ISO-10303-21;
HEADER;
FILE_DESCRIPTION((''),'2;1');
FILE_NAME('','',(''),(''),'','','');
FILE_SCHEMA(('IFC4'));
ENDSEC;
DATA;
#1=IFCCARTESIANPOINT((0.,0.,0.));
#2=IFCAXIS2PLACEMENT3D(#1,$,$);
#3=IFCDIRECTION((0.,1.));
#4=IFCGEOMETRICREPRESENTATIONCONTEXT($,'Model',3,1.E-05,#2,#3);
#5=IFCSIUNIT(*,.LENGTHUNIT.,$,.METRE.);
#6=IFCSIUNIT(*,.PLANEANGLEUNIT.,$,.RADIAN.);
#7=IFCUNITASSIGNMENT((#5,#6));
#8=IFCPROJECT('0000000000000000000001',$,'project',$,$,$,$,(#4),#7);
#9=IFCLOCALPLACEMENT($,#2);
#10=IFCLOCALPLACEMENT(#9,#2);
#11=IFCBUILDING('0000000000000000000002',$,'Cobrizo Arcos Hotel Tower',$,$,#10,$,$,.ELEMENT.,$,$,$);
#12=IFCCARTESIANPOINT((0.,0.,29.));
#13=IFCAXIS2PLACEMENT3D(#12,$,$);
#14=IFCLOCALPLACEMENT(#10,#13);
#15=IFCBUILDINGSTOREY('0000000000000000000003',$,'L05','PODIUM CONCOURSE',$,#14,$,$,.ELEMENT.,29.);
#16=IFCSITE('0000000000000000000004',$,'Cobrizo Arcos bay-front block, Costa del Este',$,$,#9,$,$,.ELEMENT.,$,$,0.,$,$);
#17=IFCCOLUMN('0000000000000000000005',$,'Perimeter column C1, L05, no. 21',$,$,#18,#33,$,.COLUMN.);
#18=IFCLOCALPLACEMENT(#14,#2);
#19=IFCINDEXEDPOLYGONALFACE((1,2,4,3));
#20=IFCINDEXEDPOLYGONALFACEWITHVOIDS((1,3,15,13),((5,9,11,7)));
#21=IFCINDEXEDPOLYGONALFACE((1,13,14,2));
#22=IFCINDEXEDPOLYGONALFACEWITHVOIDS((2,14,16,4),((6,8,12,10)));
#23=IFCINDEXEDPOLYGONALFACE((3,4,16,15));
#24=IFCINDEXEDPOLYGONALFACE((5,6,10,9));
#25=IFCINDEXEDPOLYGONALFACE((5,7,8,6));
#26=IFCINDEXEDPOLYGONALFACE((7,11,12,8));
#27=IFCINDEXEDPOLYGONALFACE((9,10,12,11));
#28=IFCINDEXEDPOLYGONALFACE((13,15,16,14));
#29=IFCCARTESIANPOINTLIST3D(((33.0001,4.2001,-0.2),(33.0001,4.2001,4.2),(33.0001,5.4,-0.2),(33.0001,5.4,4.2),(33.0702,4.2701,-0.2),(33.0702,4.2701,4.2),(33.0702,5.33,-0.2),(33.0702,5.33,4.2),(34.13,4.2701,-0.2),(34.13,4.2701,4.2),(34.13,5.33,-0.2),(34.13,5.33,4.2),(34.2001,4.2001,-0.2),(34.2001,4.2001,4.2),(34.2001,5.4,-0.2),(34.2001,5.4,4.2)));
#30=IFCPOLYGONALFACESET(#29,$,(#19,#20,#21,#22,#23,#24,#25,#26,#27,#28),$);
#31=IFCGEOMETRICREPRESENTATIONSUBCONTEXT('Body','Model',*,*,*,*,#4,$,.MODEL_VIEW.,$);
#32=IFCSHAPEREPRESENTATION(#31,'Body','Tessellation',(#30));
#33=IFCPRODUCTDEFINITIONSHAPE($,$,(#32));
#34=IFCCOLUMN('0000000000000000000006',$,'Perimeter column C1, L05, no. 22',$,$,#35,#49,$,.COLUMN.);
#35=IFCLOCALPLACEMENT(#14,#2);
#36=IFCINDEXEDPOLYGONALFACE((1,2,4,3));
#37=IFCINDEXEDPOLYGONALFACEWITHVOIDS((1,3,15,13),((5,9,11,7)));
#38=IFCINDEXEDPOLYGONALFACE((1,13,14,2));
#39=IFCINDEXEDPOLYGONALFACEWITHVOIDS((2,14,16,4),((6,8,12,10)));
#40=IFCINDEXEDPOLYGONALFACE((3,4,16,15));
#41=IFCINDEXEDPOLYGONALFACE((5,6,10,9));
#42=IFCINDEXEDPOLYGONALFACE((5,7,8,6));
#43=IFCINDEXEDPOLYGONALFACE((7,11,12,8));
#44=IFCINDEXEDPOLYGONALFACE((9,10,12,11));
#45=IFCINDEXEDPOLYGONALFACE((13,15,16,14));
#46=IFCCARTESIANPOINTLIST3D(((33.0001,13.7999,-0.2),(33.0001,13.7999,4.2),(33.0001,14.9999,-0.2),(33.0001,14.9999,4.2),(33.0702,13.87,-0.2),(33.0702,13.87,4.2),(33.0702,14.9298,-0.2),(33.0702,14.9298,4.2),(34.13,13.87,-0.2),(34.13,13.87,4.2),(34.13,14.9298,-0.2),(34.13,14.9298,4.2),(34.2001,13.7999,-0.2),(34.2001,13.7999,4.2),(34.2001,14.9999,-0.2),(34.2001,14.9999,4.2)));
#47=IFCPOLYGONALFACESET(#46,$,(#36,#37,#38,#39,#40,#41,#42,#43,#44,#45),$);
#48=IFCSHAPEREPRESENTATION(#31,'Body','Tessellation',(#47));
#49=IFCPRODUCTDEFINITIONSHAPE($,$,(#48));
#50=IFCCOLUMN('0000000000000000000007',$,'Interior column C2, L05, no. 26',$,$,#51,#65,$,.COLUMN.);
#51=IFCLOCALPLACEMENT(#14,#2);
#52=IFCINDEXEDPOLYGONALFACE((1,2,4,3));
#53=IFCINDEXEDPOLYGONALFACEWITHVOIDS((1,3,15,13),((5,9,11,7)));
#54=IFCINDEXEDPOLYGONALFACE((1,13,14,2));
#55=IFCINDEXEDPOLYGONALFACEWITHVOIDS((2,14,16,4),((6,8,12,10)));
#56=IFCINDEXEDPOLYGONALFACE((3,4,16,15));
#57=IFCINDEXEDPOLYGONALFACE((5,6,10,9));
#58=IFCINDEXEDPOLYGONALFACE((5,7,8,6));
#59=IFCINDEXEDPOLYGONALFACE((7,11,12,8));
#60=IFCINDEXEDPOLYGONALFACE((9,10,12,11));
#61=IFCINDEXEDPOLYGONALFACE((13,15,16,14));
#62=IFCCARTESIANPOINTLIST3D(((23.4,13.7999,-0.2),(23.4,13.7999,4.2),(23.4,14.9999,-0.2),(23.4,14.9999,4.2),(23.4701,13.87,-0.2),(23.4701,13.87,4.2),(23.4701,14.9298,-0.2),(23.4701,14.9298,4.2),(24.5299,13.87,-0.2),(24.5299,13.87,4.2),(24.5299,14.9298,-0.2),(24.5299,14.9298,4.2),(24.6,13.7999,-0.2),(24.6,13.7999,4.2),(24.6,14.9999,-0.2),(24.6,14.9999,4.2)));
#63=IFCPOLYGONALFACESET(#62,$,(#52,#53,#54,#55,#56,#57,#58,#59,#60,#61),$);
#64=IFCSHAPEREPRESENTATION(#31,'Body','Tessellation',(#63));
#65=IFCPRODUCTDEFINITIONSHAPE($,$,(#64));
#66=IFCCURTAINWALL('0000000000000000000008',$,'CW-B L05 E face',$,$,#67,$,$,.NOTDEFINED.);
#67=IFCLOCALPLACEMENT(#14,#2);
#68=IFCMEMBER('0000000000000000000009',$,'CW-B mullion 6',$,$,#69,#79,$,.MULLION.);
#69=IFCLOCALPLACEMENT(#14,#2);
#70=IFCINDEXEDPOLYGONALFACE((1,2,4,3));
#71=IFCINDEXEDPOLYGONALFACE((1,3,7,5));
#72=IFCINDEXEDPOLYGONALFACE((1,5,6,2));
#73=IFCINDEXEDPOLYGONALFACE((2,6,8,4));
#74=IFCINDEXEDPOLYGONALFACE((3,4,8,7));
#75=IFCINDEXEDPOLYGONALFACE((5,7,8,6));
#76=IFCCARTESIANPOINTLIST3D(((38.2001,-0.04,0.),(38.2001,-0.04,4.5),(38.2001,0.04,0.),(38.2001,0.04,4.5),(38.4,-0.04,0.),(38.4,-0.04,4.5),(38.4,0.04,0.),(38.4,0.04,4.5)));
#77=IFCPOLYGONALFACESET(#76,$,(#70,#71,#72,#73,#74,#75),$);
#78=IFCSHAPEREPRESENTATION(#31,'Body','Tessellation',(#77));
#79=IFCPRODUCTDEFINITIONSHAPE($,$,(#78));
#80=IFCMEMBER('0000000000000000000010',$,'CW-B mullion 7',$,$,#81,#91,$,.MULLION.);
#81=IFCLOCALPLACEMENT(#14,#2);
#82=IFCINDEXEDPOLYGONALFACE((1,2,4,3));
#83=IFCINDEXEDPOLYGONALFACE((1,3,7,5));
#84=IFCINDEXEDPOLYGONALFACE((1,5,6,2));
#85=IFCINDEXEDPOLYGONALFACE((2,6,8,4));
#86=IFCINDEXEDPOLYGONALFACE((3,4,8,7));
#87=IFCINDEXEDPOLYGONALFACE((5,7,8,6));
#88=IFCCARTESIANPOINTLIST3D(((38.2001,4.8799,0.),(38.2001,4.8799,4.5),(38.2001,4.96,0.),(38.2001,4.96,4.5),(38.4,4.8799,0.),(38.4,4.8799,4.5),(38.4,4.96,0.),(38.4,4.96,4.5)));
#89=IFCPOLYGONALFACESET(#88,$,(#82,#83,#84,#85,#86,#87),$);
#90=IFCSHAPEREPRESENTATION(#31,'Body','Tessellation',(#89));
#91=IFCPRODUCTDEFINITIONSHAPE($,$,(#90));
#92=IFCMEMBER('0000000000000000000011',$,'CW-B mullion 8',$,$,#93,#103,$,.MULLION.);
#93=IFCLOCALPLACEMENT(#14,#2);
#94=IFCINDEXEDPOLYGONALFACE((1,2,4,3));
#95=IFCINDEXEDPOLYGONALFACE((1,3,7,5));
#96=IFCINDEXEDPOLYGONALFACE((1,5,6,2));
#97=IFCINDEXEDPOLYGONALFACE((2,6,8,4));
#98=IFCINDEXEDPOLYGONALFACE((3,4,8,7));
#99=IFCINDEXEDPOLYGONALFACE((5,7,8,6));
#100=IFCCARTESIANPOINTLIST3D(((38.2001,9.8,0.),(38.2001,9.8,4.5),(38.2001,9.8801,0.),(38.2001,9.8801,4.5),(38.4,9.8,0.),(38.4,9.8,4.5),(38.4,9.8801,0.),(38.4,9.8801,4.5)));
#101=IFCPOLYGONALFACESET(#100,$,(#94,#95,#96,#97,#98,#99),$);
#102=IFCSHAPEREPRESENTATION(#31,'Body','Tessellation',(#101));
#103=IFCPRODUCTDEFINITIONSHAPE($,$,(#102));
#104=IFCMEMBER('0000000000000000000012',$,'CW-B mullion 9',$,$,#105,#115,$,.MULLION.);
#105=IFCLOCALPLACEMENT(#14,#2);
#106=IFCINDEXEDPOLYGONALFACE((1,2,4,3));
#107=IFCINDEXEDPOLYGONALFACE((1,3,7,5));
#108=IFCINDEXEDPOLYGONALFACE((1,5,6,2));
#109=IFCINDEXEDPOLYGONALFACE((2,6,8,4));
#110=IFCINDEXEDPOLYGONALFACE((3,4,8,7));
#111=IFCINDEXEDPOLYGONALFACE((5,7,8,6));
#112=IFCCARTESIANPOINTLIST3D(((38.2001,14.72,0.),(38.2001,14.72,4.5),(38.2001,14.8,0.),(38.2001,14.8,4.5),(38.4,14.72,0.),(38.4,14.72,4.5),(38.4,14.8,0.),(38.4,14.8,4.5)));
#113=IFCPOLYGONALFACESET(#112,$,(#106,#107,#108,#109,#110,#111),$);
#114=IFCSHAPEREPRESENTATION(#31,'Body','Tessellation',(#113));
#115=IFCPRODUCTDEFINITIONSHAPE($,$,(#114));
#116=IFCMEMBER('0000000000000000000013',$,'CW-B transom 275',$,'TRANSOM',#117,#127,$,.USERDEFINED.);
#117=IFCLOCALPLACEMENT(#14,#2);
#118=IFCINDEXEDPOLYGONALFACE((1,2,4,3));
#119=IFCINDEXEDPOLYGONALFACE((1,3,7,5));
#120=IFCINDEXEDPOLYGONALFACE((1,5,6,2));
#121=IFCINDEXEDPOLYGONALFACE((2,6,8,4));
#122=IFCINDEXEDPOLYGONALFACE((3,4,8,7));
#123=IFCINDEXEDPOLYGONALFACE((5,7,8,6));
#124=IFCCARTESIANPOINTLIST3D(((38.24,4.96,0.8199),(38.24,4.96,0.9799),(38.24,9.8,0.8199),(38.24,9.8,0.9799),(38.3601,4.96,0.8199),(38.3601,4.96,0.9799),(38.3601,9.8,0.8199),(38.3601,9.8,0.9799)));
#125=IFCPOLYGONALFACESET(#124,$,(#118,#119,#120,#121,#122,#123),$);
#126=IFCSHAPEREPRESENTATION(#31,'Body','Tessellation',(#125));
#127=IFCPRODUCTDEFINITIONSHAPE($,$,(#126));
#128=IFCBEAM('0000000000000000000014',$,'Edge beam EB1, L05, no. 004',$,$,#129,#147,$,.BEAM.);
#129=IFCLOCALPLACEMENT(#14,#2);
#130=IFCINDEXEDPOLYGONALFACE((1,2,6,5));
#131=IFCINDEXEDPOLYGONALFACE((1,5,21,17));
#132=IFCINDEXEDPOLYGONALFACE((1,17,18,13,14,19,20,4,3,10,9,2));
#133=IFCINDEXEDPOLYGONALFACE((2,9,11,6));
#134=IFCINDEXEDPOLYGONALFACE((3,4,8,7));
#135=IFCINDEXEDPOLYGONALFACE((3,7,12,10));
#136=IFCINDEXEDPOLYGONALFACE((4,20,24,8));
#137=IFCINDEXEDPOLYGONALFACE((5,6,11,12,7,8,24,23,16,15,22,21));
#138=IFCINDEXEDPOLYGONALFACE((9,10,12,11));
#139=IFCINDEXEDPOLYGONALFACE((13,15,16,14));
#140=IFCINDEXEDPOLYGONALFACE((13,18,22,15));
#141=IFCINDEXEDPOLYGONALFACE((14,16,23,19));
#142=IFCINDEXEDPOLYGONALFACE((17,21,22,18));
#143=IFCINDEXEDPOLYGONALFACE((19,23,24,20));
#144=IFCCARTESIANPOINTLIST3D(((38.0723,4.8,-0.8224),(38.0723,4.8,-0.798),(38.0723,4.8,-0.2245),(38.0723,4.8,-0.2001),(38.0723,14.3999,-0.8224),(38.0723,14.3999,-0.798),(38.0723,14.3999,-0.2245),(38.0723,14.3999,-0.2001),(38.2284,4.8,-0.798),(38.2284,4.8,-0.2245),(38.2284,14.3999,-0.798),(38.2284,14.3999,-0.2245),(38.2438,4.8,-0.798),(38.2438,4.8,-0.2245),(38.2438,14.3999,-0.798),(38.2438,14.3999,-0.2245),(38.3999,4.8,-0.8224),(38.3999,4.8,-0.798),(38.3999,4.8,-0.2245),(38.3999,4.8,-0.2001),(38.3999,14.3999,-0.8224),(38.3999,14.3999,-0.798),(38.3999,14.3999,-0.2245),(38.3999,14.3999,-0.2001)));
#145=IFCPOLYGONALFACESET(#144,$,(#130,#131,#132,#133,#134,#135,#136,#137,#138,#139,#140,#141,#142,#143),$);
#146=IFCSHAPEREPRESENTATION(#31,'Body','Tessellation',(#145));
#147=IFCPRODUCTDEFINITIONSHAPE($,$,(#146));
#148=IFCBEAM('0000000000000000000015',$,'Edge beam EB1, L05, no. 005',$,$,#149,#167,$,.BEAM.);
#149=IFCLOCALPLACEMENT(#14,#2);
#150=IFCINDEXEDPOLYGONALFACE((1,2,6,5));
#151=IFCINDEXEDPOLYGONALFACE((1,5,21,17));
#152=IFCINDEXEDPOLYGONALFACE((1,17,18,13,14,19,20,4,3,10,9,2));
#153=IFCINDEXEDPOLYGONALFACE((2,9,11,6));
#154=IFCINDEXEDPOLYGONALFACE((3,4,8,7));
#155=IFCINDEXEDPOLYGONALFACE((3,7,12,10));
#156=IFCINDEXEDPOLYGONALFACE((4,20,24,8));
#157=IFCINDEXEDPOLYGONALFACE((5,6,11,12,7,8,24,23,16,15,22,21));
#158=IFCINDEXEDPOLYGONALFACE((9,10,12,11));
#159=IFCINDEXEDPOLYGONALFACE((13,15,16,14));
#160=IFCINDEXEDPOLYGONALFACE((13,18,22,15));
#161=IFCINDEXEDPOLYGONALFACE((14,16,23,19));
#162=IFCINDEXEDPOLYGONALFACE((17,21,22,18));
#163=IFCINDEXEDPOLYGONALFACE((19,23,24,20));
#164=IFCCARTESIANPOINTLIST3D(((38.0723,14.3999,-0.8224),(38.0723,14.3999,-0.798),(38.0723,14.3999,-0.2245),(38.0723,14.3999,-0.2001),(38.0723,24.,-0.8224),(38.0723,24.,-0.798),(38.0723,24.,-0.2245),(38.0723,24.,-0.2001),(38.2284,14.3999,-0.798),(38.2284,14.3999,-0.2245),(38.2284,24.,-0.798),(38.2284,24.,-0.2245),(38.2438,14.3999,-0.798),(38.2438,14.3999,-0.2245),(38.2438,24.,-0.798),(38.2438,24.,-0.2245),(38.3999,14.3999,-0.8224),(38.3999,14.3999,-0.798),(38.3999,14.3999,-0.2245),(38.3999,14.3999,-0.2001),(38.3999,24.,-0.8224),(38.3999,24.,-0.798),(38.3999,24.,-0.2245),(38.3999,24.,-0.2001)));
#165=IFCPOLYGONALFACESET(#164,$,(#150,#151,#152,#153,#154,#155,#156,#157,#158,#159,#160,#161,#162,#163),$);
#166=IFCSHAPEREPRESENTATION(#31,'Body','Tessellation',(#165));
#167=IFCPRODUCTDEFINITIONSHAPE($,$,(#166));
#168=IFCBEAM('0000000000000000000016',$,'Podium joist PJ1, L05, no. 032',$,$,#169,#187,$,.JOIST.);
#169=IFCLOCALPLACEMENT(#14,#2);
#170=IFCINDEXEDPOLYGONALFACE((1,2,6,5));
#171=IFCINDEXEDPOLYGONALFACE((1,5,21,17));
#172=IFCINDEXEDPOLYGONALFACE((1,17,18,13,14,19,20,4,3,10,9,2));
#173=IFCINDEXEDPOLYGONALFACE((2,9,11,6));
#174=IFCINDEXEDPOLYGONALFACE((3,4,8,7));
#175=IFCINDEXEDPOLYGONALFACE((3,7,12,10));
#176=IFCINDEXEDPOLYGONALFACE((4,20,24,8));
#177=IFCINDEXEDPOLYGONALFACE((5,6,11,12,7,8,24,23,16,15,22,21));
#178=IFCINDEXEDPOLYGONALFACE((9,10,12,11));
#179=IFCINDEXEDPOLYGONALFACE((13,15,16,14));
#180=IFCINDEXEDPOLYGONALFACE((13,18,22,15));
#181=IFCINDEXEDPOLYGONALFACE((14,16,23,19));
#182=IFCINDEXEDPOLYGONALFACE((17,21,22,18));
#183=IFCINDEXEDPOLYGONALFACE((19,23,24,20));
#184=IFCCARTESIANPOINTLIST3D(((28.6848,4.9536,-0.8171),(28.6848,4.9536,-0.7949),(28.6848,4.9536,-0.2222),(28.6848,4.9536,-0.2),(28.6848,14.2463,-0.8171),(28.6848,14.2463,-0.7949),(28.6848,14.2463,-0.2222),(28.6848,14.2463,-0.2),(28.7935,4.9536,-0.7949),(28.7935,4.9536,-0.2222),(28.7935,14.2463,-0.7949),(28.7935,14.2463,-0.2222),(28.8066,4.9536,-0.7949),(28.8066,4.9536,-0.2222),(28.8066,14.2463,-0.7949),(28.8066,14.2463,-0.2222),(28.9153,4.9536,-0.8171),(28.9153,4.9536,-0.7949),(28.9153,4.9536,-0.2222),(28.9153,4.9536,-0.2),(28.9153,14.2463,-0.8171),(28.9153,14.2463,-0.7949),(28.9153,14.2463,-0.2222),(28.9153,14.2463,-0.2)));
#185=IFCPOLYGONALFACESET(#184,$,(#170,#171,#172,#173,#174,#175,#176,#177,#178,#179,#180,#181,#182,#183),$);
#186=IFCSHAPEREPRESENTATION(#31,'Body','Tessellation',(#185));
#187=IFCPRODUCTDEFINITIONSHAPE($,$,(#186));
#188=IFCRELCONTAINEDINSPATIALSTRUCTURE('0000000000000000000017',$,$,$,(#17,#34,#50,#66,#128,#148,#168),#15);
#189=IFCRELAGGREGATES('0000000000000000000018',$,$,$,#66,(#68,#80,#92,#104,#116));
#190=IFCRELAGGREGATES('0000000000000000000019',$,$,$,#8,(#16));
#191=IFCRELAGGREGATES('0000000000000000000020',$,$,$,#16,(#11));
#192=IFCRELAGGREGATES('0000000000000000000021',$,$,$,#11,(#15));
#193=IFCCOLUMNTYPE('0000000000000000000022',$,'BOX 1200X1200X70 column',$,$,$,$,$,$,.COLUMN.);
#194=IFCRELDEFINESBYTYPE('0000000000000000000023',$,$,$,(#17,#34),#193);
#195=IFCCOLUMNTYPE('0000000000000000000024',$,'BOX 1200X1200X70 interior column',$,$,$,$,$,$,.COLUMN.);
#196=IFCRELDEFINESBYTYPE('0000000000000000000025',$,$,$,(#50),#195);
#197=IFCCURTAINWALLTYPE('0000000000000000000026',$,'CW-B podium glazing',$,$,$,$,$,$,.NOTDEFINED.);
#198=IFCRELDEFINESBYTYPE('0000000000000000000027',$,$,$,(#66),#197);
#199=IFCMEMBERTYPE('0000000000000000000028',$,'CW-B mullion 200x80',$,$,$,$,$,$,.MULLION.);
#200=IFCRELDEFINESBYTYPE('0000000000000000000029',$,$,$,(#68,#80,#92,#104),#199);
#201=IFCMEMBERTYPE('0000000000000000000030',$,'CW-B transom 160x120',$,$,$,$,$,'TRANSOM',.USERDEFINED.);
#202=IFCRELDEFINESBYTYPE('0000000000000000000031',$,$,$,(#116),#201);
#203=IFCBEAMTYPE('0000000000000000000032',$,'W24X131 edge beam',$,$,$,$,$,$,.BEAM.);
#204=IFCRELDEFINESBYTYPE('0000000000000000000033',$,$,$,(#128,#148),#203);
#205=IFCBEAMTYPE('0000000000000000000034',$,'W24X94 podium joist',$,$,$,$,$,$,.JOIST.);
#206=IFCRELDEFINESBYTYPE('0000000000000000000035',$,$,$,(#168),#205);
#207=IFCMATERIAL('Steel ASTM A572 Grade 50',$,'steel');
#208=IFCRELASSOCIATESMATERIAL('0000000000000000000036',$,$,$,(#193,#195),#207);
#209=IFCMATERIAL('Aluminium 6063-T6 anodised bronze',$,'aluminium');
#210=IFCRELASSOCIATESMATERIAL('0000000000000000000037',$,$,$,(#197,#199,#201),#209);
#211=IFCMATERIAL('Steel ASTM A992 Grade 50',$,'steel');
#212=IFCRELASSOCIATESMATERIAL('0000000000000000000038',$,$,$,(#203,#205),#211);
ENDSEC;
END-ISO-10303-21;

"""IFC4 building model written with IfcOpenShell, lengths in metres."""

from ifc_helpers import new_model, si_unit, direction, frame, origin, origin_2d, place, context, subcontext, project, spatial, rectangle, hollow_rectangle, i_section, extrude, material, material_profile, profile_set, type_object, element, aggregate, save


model = new_model("IFC4")

# Units and contexts
model_context = context("Model", 3, precision=1e-05, world=origin(), true_north=direction((0.0, 1.0)))
body_context = subcontext(model_context, "Body", "Model", "MODEL_VIEW")
ifc_project = project(units=[si_unit("LENGTHUNIT", "METRE"), si_unit("PLANEANGLEUNIT", "RADIAN")], contexts=[model_context])

# Site, building, storey
site_placement = place(None, origin())
site = spatial("IfcSite", under=ifc_project, at=site_placement, Name="Cobrizo Arcos bay-front block, Costa del Este", CompositionType="ELEMENT", RefElevation=0.0)
building_placement = place(site_placement, origin())
building = spatial("IfcBuilding", under=site, at=building_placement, Name="Cobrizo Arcos Hotel Tower", CompositionType="ELEMENT")
storey_placement = place(building_placement, frame((0.0, 0.0, 29.0)))
storey = spatial("IfcBuildingStorey", under=building, at=storey_placement, Name="L05", Description="PODIUM CONCOURSE", CompositionType="ELEMENT", Elevation=29.0)

# Columns
ifc_material_1 = material(Name="Steel ASTM A572 Grade 50", Category="steel")
ifc_material_profile_1 = material_profile(ifc_material_1, hollow_rectangle(XDim=1.2, YDim=1.2, WallThickness=0.0701, at=origin_2d()), Name="BOX 1200X1200X70")
ifc_profile_set_1 = profile_set([ifc_material_profile_1], Name="Steel ASTM A572 Grade 50")
column_type_1 = type_object("IfcColumnType", Name="BOX 1200X1200X70 column", PredefinedType="COLUMN", material=ifc_profile_set_1)
for number, where, z_axis, x_axis, name in (
    (1, (33.6001, 4.8, -0.2), (0.0, 0.0, 1.0), (1.0, 0.0, 0.0), "Perimeter column C1, L05, no. 21"),
    (2, (33.6001, 14.3999, -0.2), (0.0, 0.0, 1.0), (1.0, 0.0, 0.0), "Perimeter column C1, L05, no. 22"),
):
    element("IfcColumn", number, at=place(storey_placement, frame(where, z_axis=z_axis, x_axis=x_axis)), inside=storey, type_object=column_type_1, Name=name, PredefinedType="COLUMN", context=body_context, shape_type="SweptSolid", body=[
        extrude(hollow_rectangle(XDim=1.2, YDim=1.2, WallThickness=0.0701, at=origin_2d()), origin(), (0.0, 0.0, 1.0), 4.3999),
    ])
ifc_material_profile_2 = material_profile(ifc_material_1, hollow_rectangle(XDim=1.2, YDim=1.2, WallThickness=0.0701, at=origin_2d()), Name="BOX 1200X1200X70")
ifc_profile_set_2 = profile_set([ifc_material_profile_2], Name="Steel ASTM A572 Grade 50")
column_type_2 = type_object("IfcColumnType", Name="BOX 1200X1200X70 interior column", PredefinedType="COLUMN", material=ifc_profile_set_2)
column_placement = place(storey_placement, frame((24.0, 14.3999, -0.2), z_axis=(0.0, 0.0, 1.0), x_axis=(1.0, 0.0, 0.0)))
element("IfcColumn", 3, at=column_placement, inside=storey, type_object=column_type_2, Name="Interior column C2, L05, no. 26", PredefinedType="COLUMN", context=body_context, shape_type="SweptSolid", body=[
    extrude(hollow_rectangle(XDim=1.2, YDim=1.2, WallThickness=0.0701, at=origin_2d()), origin(), (0.0, 0.0, 1.0), 4.3999),
])

# Curtain wall, members
ifc_material_2 = material(Name="Aluminium 6063-T6 anodised bronze", Category="aluminium")
curtain_wall_type = type_object("IfcCurtainWallType", Name="CW-B podium glazing", PredefinedType="NOTDEFINED", material=ifc_material_2)
curtain_wall_placement = place(storey_placement, origin())
curtain_wall = element("IfcCurtainWall", 4, at=curtain_wall_placement, inside=storey, type_object=curtain_wall_type, Name="CW-B L05 E face", PredefinedType="NOTDEFINED")
ifc_material_profile_3 = material_profile(ifc_material_2, rectangle(XDim=0.2, YDim=0.0801, at=origin_2d()), Name="CW-B mullion 200x80")
ifc_profile_set_3 = profile_set([ifc_material_profile_3], Name="Aluminium 6063-T6 anodised bronze")
member_type_1 = type_object("IfcMemberType", Name="CW-B mullion 200x80", PredefinedType="MULLION", material=ifc_profile_set_3)
member_1_placement = place(storey_placement, frame((38.3, 0.0, 0.0), z_axis=(0.0, 0.0, 1.0), x_axis=(1.0, 0.0, 0.0)))
member_1 = element("IfcMember", 5, at=member_1_placement, type_object=member_type_1, Name="CW-B mullion 6", PredefinedType="MULLION", context=body_context, shape_type="SweptSolid", body=[
    extrude(rectangle(XDim=0.2, YDim=0.0801, at=origin_2d()), origin(), (0.0, 0.0, 1.0), 4.5),
])
member_2_placement = place(storey_placement, frame((38.3, 4.9199, 0.0), z_axis=(0.0, 0.0, 1.0), x_axis=(1.0, 0.0, 0.0)))
member_2 = element("IfcMember", 6, at=member_2_placement, type_object=member_type_1, Name="CW-B mullion 7", PredefinedType="MULLION", context=body_context, shape_type="SweptSolid", body=[
    extrude(rectangle(XDim=0.2, YDim=0.0801, at=origin_2d()), origin(), (0.0, 0.0, 1.0), 4.5),
])
member_3_placement = place(storey_placement, frame((38.3, 9.8401, 0.0), z_axis=(0.0, 0.0, 1.0), x_axis=(1.0, 0.0, 0.0)))
member_3 = element("IfcMember", 7, at=member_3_placement, type_object=member_type_1, Name="CW-B mullion 8", PredefinedType="MULLION", context=body_context, shape_type="SweptSolid", body=[
    extrude(rectangle(XDim=0.2, YDim=0.0801, at=origin_2d()), origin(), (0.0, 0.0, 1.0), 4.5),
])
member_4_placement = place(storey_placement, frame((38.3, 14.76, 0.0), z_axis=(0.0, 0.0, 1.0), x_axis=(1.0, 0.0, 0.0)))
member_4 = element("IfcMember", 8, at=member_4_placement, type_object=member_type_1, Name="CW-B mullion 9", PredefinedType="MULLION", context=body_context, shape_type="SweptSolid", body=[
    extrude(rectangle(XDim=0.2, YDim=0.0801, at=origin_2d()), origin(), (0.0, 0.0, 1.0), 4.5),
])
ifc_material_profile_4 = material_profile(ifc_material_2, rectangle(XDim=0.1201, YDim=0.1599, at=origin_2d()), Name="CW-B transom 160x120")
ifc_profile_set_4 = profile_set([ifc_material_profile_4], Name="Aluminium 6063-T6 anodised bronze")
member_type_2 = type_object("IfcMemberType", Name="CW-B transom 160x120", ElementType="TRANSOM", PredefinedType="USERDEFINED", material=ifc_profile_set_4)
member_5_placement = place(storey_placement, frame((38.3, 4.96, 0.8999), z_axis=(0.0, 1.0, 0.0), x_axis=(-1.0, 0.0, 0.0)))
member_5 = element("IfcMember", 9, at=member_5_placement, type_object=member_type_2, Name="CW-B transom 275", ObjectType="TRANSOM", PredefinedType="USERDEFINED", context=body_context, shape_type="SweptSolid", body=[
    extrude(rectangle(XDim=0.1201, YDim=0.1599, at=origin_2d()), origin(), (0.0, 0.0, 1.0), 4.8401),
])

# Beams
ifc_material_3 = material(Name="Steel ASTM A992 Grade 50", Category="steel")
ifc_material_profile_5 = material_profile(ifc_material_3, i_section(OverallWidth=0.3276, OverallDepth=0.6223, WebThickness=0.0154, FlangeThickness=0.0244, at=origin_2d()), Name="W24X131")
ifc_profile_set_5 = profile_set([ifc_material_profile_5], Name="Steel ASTM A992 Grade 50")
beam_type_1 = type_object("IfcBeamType", Name="W24X131 edge beam", PredefinedType="BEAM", material=ifc_profile_set_5)
beam_1_placement = place(storey_placement, frame((38.2361, 4.8, -0.5112), z_axis=(0.0, 1.0, 0.0), x_axis=(-1.0, 0.0, 0.0)))
element("IfcBeam", 10, at=beam_1_placement, inside=storey, type_object=beam_type_1, Name="Edge beam EB1, L05, no. 004", PredefinedType="BEAM", context=body_context, shape_type="SweptSolid", body=[
    extrude(i_section(OverallWidth=0.3276, OverallDepth=0.6223, WebThickness=0.0154, FlangeThickness=0.0244, at=origin_2d()), origin(), (0.0, 0.0, 1.0), 9.5999),
])
beam_2_placement = place(storey_placement, frame((38.2361, 14.3999, -0.5112), z_axis=(0.0, 1.0, 0.0), x_axis=(-1.0, 0.0, 0.0)))
element("IfcBeam", 11, at=beam_2_placement, inside=storey, type_object=beam_type_1, Name="Edge beam EB1, L05, no. 005", PredefinedType="BEAM", context=body_context, shape_type="SweptSolid", body=[
    extrude(i_section(OverallWidth=0.3276, OverallDepth=0.6223, WebThickness=0.0154, FlangeThickness=0.0244, at=origin_2d()), origin(), (0.0, 0.0, 1.0), 9.6001),
])
ifc_material_profile_6 = material_profile(ifc_material_3, i_section(OverallWidth=0.2305, OverallDepth=0.6172, WebThickness=0.0132, FlangeThickness=0.0222, at=origin_2d()), Name="W24X94")
ifc_profile_set_6 = profile_set([ifc_material_profile_6], Name="Steel ASTM A992 Grade 50")
beam_type_2 = type_object("IfcBeamType", Name="W24X94 podium joist", PredefinedType="JOIST", material=ifc_profile_set_6)
beam_3_placement = place(storey_placement, frame((28.8, 4.9536, -0.5085), z_axis=(0.0, 1.0, 0.0), x_axis=(-1.0, 0.0, 0.0)))
element("IfcBeam", 12, at=beam_3_placement, inside=storey, type_object=beam_type_2, Name="Podium joist PJ1, L05, no. 032", PredefinedType="JOIST", context=body_context, shape_type="SweptSolid", body=[
    extrude(i_section(OverallWidth=0.2305, OverallDepth=0.6172, WebThickness=0.0132, FlangeThickness=0.0222, at=origin_2d()), origin(), (0.0, 0.0, 1.0), 9.2927),
])

aggregate(curtain_wall, [member_1, member_2, member_3, member_4, member_5])

save(model, "model.ifc")
